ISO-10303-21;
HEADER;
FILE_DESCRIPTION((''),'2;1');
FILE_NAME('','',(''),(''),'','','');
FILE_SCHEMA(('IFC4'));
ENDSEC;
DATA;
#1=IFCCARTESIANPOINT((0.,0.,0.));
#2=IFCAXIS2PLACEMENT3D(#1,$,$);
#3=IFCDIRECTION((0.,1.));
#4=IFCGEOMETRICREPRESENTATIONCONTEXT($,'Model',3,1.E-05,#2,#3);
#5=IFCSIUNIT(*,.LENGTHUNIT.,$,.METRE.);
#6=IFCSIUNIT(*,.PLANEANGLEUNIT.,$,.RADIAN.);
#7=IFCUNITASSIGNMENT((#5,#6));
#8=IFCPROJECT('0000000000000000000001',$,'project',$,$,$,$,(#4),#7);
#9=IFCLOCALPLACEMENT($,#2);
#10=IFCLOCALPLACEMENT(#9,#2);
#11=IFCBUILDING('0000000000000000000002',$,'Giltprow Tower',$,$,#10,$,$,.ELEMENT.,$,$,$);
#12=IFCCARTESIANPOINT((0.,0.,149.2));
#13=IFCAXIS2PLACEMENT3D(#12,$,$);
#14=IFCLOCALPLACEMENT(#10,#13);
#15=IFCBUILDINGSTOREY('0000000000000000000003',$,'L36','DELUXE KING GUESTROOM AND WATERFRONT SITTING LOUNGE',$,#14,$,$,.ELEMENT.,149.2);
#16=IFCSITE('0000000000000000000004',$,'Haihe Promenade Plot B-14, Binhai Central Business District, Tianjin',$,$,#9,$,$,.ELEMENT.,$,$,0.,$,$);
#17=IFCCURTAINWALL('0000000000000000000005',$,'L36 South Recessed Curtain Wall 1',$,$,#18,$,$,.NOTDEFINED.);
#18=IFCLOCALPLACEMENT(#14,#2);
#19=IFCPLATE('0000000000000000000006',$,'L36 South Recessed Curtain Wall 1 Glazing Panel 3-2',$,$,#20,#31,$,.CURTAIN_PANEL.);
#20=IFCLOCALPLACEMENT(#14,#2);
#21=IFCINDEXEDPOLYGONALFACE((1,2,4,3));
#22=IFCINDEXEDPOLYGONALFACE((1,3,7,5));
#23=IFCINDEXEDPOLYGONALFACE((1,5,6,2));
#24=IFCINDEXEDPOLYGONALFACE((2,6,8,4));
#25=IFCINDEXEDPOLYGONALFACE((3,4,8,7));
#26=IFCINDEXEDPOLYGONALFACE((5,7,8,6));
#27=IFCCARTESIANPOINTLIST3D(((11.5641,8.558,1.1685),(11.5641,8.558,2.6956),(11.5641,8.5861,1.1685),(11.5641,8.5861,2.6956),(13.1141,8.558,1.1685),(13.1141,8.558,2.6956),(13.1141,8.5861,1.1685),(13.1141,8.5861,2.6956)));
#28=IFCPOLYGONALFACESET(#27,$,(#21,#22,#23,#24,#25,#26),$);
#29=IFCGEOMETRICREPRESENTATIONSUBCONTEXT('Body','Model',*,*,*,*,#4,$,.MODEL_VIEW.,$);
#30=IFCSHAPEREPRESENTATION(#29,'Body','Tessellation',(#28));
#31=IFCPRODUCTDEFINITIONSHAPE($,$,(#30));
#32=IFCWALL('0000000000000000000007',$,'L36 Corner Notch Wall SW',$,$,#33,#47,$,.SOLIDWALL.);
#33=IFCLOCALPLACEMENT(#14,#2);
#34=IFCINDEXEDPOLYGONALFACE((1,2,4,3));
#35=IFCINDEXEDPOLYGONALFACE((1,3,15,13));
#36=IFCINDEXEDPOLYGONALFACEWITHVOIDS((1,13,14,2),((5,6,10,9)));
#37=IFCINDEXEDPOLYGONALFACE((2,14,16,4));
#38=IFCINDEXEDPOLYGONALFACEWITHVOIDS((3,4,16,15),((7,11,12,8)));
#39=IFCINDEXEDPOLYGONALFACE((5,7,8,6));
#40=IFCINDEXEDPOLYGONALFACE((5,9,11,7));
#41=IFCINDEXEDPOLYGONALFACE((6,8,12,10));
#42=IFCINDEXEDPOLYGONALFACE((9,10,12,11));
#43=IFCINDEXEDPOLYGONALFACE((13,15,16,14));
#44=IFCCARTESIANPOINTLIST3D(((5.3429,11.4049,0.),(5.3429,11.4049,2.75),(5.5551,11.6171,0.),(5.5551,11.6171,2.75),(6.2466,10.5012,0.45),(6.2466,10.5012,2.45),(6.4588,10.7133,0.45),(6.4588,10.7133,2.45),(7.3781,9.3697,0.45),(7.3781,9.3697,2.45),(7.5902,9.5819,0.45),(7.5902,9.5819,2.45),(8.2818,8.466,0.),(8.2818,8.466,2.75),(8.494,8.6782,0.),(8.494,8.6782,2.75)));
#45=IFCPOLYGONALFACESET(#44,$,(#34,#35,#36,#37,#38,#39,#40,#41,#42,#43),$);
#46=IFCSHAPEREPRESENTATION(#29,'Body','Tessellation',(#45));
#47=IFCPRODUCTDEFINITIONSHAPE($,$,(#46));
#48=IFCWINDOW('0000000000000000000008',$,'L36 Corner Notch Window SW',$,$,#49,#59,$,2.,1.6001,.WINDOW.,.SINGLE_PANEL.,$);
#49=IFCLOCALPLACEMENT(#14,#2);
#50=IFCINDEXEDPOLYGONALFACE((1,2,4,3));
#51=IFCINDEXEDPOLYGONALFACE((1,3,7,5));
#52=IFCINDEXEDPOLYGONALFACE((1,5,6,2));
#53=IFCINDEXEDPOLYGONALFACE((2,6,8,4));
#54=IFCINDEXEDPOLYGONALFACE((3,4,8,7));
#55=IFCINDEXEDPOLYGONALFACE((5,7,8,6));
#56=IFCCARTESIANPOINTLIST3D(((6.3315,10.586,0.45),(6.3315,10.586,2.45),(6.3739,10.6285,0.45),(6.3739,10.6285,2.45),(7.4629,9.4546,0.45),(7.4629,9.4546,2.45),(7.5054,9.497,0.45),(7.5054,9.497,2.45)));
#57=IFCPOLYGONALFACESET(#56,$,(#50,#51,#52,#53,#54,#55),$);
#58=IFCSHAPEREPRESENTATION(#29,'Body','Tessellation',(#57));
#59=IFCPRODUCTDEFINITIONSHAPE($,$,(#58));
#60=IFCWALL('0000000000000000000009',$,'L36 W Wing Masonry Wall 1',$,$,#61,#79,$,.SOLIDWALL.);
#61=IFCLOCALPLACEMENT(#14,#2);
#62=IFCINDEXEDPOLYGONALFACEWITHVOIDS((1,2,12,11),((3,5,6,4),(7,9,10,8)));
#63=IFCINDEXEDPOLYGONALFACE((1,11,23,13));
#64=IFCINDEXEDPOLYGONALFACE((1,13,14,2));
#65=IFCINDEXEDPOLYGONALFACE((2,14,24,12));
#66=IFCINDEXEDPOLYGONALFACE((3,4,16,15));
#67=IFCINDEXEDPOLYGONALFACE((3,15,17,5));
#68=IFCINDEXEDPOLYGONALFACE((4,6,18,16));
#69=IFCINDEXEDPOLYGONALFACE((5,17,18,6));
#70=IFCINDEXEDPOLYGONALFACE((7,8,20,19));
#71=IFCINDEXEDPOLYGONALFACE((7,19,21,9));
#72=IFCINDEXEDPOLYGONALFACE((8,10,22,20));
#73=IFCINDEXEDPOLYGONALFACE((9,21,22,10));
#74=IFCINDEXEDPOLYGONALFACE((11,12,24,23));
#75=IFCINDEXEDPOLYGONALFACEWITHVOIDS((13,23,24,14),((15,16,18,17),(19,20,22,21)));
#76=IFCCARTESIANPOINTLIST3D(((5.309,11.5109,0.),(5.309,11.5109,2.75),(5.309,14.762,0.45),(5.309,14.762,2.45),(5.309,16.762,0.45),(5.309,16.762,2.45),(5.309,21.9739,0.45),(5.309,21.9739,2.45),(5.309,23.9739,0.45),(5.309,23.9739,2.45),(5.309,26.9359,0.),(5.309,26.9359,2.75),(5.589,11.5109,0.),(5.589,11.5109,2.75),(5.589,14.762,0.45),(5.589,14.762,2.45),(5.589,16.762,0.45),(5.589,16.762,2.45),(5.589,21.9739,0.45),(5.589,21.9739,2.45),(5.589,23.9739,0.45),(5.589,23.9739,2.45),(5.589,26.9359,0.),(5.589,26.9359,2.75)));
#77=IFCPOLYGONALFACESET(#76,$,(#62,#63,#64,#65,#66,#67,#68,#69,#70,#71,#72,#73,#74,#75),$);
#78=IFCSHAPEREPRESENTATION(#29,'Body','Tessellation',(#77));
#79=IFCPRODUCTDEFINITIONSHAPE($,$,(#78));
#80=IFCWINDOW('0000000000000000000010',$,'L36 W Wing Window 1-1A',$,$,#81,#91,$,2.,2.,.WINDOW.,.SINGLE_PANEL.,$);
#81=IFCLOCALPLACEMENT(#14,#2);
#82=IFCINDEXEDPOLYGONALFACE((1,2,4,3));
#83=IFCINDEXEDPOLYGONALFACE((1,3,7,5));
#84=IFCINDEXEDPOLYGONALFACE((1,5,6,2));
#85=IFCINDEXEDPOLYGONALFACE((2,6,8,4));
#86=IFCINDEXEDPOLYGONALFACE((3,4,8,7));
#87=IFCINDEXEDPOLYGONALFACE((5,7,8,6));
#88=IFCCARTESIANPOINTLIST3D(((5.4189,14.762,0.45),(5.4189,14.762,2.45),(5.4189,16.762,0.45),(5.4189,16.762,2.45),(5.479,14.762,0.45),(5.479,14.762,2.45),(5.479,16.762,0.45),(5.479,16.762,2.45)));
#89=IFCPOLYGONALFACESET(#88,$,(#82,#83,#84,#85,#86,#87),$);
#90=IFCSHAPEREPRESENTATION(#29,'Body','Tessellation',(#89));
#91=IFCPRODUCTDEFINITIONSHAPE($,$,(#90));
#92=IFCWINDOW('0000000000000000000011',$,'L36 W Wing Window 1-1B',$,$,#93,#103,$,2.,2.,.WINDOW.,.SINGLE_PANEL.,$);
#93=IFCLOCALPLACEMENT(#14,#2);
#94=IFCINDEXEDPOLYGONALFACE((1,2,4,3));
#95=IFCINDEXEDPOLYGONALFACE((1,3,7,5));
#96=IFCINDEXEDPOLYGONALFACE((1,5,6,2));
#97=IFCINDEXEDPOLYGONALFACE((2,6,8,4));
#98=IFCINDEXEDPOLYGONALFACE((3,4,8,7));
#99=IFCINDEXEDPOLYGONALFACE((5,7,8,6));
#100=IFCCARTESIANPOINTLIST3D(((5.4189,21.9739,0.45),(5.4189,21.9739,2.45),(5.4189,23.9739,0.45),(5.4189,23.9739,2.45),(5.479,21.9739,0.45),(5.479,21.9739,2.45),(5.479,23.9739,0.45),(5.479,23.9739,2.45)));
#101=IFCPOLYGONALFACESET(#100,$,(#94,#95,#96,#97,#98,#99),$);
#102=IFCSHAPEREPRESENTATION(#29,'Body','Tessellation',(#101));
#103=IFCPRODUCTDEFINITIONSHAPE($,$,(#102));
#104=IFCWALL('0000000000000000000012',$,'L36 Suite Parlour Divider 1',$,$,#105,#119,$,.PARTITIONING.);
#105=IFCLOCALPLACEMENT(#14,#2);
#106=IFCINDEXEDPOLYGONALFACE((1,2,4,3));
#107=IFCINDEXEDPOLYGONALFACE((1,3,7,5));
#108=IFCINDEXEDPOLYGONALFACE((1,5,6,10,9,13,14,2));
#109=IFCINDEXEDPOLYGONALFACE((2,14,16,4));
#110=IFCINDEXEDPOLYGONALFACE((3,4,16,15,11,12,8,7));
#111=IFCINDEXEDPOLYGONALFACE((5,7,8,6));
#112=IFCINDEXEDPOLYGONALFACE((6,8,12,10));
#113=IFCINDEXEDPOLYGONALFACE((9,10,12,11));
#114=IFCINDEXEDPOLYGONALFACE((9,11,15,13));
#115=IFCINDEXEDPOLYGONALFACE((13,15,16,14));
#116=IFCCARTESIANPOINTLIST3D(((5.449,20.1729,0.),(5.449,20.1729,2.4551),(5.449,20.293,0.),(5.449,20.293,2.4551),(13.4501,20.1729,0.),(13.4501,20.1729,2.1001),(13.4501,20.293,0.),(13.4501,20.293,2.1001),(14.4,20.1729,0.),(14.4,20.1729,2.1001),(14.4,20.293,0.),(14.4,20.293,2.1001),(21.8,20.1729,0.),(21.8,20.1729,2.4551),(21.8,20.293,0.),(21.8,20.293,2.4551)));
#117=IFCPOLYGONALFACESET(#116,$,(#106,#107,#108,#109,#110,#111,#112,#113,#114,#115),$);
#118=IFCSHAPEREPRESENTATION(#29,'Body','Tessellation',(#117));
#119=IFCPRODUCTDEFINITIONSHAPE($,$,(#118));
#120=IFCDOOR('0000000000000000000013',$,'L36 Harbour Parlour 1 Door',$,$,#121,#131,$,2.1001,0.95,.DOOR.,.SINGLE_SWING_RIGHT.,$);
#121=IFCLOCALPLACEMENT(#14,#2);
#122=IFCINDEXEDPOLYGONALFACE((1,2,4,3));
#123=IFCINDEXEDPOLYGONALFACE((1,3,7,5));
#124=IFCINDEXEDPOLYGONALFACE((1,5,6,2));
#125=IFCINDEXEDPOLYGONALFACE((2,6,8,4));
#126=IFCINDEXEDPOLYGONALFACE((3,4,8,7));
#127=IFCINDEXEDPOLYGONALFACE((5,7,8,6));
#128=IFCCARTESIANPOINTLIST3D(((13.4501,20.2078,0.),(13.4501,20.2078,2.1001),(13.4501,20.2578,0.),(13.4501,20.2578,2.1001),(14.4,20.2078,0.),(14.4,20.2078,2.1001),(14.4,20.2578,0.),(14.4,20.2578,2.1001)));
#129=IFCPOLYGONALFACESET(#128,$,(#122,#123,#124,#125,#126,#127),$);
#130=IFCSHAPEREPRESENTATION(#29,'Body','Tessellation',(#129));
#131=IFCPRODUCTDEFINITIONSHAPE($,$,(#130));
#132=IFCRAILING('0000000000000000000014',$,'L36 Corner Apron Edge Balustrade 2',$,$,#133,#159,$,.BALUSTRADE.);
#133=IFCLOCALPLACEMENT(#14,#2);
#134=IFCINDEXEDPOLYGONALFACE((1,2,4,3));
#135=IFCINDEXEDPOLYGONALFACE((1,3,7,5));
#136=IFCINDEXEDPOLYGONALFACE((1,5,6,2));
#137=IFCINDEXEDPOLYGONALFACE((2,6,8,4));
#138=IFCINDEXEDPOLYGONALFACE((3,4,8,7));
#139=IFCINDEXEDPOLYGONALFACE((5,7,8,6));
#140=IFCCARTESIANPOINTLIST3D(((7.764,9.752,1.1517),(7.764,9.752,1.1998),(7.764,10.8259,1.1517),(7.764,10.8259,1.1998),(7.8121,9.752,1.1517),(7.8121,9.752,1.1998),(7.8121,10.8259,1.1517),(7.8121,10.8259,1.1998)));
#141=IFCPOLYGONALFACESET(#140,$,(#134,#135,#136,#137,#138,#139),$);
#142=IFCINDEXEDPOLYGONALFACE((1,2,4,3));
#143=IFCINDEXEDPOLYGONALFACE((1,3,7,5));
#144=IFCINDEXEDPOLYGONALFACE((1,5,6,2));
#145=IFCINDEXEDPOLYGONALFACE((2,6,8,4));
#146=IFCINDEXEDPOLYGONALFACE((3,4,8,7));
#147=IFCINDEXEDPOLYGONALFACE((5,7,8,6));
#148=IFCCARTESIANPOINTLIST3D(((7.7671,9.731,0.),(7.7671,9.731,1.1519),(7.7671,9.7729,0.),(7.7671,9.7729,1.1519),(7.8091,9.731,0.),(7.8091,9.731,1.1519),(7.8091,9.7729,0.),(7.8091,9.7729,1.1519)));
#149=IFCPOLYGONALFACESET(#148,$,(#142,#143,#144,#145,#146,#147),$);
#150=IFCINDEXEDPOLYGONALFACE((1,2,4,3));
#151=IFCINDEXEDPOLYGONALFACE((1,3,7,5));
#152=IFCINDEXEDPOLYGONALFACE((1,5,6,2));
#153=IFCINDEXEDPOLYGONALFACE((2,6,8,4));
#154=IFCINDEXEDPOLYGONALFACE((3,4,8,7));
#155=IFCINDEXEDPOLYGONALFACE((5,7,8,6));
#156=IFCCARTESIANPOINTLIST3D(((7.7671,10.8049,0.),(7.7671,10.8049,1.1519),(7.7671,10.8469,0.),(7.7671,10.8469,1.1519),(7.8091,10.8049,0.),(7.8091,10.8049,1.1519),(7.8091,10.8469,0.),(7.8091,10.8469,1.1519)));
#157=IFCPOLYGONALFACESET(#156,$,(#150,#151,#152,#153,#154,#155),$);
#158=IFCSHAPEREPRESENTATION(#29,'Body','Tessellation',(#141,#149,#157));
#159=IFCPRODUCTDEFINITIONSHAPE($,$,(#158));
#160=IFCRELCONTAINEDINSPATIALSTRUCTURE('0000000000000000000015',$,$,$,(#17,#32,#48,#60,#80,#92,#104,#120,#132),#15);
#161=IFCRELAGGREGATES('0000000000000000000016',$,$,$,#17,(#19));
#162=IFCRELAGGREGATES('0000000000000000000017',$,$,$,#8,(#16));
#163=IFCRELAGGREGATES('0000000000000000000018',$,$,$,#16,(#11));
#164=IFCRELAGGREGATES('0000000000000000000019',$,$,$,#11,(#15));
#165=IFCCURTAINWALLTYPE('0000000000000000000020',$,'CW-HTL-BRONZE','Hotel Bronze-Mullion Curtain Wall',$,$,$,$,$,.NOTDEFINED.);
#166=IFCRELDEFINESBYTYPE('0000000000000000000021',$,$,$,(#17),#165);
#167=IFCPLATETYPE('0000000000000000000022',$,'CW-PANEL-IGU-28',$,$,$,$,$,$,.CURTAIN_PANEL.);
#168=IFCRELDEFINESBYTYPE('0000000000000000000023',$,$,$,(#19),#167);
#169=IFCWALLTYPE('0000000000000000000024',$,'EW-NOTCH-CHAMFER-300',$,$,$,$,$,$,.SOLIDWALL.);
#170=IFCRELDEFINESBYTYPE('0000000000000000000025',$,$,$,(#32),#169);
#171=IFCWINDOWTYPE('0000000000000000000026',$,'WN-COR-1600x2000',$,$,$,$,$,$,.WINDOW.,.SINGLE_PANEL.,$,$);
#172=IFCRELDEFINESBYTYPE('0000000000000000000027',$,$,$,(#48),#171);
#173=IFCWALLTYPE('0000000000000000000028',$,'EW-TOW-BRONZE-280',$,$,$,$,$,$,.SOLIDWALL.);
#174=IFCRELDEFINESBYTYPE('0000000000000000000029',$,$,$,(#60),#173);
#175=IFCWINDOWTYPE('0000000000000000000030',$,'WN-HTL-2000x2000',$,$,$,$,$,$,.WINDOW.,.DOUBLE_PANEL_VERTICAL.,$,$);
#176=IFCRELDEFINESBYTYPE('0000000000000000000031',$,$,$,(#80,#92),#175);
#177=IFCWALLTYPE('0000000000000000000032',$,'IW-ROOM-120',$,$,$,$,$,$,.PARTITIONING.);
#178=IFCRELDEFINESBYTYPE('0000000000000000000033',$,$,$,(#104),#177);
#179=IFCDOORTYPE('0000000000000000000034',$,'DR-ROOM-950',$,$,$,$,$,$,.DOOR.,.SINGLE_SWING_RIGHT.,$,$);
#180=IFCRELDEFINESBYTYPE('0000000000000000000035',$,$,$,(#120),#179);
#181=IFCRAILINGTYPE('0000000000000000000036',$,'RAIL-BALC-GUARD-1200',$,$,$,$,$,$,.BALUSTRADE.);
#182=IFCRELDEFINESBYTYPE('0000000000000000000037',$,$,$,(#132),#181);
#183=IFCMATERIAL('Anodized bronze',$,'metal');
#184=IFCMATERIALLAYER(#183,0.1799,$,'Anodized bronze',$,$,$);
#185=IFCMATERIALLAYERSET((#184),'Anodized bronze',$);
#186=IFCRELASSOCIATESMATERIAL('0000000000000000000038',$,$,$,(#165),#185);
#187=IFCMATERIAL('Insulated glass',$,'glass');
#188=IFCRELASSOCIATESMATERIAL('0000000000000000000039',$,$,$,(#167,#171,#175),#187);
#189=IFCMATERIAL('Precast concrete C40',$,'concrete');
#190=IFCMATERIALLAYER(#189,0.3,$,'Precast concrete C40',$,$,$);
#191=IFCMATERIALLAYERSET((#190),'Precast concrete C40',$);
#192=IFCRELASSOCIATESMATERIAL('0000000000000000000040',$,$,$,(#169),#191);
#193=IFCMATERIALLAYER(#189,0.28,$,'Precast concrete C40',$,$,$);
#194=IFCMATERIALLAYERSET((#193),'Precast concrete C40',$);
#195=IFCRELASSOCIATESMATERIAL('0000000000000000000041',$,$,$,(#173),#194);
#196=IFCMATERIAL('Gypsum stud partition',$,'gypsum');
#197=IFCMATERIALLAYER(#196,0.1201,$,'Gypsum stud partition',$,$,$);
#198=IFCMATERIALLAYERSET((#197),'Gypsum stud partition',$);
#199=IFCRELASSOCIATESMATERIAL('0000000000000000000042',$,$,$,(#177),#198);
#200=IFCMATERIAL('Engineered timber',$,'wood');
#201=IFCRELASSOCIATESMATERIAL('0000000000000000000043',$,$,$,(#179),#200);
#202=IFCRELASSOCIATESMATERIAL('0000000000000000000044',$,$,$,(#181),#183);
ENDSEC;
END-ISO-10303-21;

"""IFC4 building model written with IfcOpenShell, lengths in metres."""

from ifc_helpers import new_model, si_unit, direction, frame, frame_2d, origin, origin_2d, place, context, subcontext, project, spatial, rectangle, extrude, source, transform, mapped, material, layer, layer_set, type_object, element, fill, aggregate, save


model = new_model("IFC4")

# Units and contexts
model_context = context("Model", 3, precision=1e-05, world=origin(), true_north=direction((0.0, 1.0)))
body_context = subcontext(model_context, "Body", "Model", "MODEL_VIEW")
ifc_project = project(units=[si_unit("LENGTHUNIT", "METRE"), si_unit("PLANEANGLEUNIT", "RADIAN")], contexts=[model_context])

# Site, building, storey
site_placement = place(None, origin())
site = spatial("IfcSite", under=ifc_project, at=site_placement, Name="Haihe Promenade Plot B-14, Binhai Central Business District, Tianjin", CompositionType="ELEMENT", RefElevation=0.0)
building_placement = place(site_placement, origin())
building = spatial("IfcBuilding", under=site, at=building_placement, Name="Giltprow Tower", CompositionType="ELEMENT")
storey_placement = place(building_placement, frame((0.0, 0.0, 149.2)))
storey = spatial("IfcBuildingStorey", under=building, at=storey_placement, Name="L36", Description="DELUXE KING GUESTROOM AND WATERFRONT SITTING LOUNGE", CompositionType="ELEMENT", Elevation=149.2)

# Curtain wall, plate
ifc_material_1 = material(Name="Anodized bronze", Category="metal")
ifc_layer_1 = layer(ifc_material_1, 0.1799, Name="Anodized bronze")
ifc_layer_set_1 = layer_set([ifc_layer_1], Name="Anodized bronze")
curtain_wall_type = type_object("IfcCurtainWallType", Name="CW-HTL-BRONZE", Description="Hotel Bronze-Mullion Curtain Wall", PredefinedType="NOTDEFINED", material=ifc_layer_set_1)
curtain_wall_placement = place(storey_placement, origin())
curtain_wall = element("IfcCurtainWall", 1, at=curtain_wall_placement, inside=storey, type_object=curtain_wall_type, Name="L36 South Recessed Curtain Wall 1", PredefinedType="NOTDEFINED")
ifc_material_2 = material(Name="Insulated glass", Category="glass")
plate_type = type_object("IfcPlateType", Name="CW-PANEL-IGU-28", PredefinedType="CURTAIN_PANEL", material=ifc_material_2)
shared_shape_1 = source(origin(), body_context, "Body", "SweptSolid", [
    extrude(rectangle(XDim=1.55, YDim=0.0281, at=origin_2d()), origin(), (0.0, 0.0, 1.0), 1.5271),
])
plate_1_placement = place(storey_placement, frame((12.3391, 8.572, 1.1685), z_axis=(0.0, 0.0, 1.0), x_axis=(1.0, 0.0, 0.0)))
plate_1 = element("IfcPlate", 2, at=plate_1_placement, type_object=plate_type, Name="L36 South Recessed Curtain Wall 1 Glazing Panel 3-2", PredefinedType="CURTAIN_PANEL", context=body_context, shape_type="MappedRepresentation", body=[
    mapped(shared_shape_1, transform((0.0, 0.0, 0.0), x_axis=(1.0, 0.0, 0.0), y_axis=(0.0, 1.0, 0.0), z_axis=(0.0, 0.0, 1.0), scale=1.0)),
])
aggregate(curtain_wall, [plate_1])

# Wall, opening, window
ifc_material_3 = material(Name="Precast concrete C40", Category="concrete")
ifc_layer_2 = layer(ifc_material_3, 0.3, Name="Precast concrete C40")
ifc_layer_set_2 = layer_set([ifc_layer_2], Name="Precast concrete C40")
wall_type_1 = type_object("IfcWallType", Name="EW-NOTCH-CHAMFER-300", PredefinedType="SOLIDWALL", material=ifc_layer_set_2)
wall_1_placement = place(storey_placement, frame((5.449, 11.511, 0.0), z_axis=(0.0, 0.0, 1.0), x_axis=(0.707107, -0.707107, 0.0)))
wall_1 = element("IfcWall", 3, at=wall_1_placement, inside=storey, type_object=wall_type_1, Name="L36 Corner Notch Wall SW", PredefinedType="SOLIDWALL", context=body_context, shape_type="SweptSolid", body=[
    extrude(rectangle(XDim=4.1562, YDim=0.3, at=frame_2d((2.0781, 0.0))), origin(), (0.0, 0.0, 1.0), 2.75),
])
opening_1_placement = place(wall_1_placement, frame((1.2781, 0.0, 0.45)))
opening_1 = element("IfcOpeningElement", 4, at=opening_1_placement, cuts=wall_1, PredefinedType="OPENING", context=body_context, shape_type="SweptSolid", body=[
    extrude(rectangle(XDim=1.6001, YDim=2.0, at=frame_2d((0.8, 1.0))), frame((0.0, 0.1599, 0.0), z_axis=(0.0, -1.0, 0.0), x_axis=(1.0, 0.0, 0.0)), (0.0, 0.0, 1.0), 0.3201),
])
window_type_1 = type_object("IfcWindowType", Name="WN-COR-1600x2000", PartitioningType="SINGLE_PANEL", PredefinedType="WINDOW", material=ifc_material_2)
shared_shape_2 = source(origin(), body_context, "Body", "SweptSolid", [
    extrude(rectangle(XDim=1.6001, YDim=2.0, at=frame_2d((0.8, 1.0))), frame((0.0, 0.03, 0.0), z_axis=(0.0, -1.0, 0.0), x_axis=(1.0, 0.0, 0.0)), (0.0, 0.0, 1.0), 0.0601),
])
window_1_placement = place(opening_1_placement, origin())
window_1 = element("IfcWindow", 5, at=window_1_placement, inside=storey, type_object=window_type_1, Name="L36 Corner Notch Window SW", OverallHeight=2.0, OverallWidth=1.6001, PartitioningType="SINGLE_PANEL", PredefinedType="WINDOW", context=body_context, shape_type="MappedRepresentation", body=[
    mapped(shared_shape_2, transform((0.0, 0.0, 0.0), x_axis=(1.0, 0.0, 0.0), y_axis=(0.0, 1.0, 0.0), z_axis=(0.0, 0.0, 1.0), scale=1.0)),
])
fill(opening_1, window_1)

# Wall, openings, windows
ifc_layer_3 = layer(ifc_material_3, 0.28, Name="Precast concrete C40")
ifc_layer_set_3 = layer_set([ifc_layer_3], Name="Precast concrete C40")
wall_type_2 = type_object("IfcWallType", Name="EW-TOW-BRONZE-280", PredefinedType="SOLIDWALL", material=ifc_layer_set_3)
wall_2_placement = place(storey_placement, frame((5.449, 11.511, 0.0), z_axis=(0.0, 0.0, 1.0), x_axis=(0.0, 1.0, 0.0)))
wall_2 = element("IfcWall", 6, at=wall_2_placement, inside=storey, type_object=wall_type_2, Name="L36 W Wing Masonry Wall 1", PredefinedType="SOLIDWALL", context=body_context, shape_type="SweptSolid", body=[
    extrude(rectangle(XDim=15.425, YDim=0.28, at=frame_2d((7.7124, 0.0))), origin(), (0.0, 0.0, 1.0), 2.75),
])
opening_2_placement = place(wall_2_placement, frame((3.251, 0.0, 0.45)))
opening_2 = element("IfcOpeningElement", 7, at=opening_2_placement, cuts=wall_2, PredefinedType="OPENING", context=body_context, shape_type="SweptSolid", body=[
    extrude(rectangle(XDim=2.0, YDim=2.0, at=frame_2d((1.0, 1.0))), frame((0.0, 0.1499, 0.0), z_axis=(0.0, -1.0, 0.0), x_axis=(1.0, 0.0, 0.0)), (0.0, 0.0, 1.0), 0.3),
])
opening_3_placement = place(wall_2_placement, frame((10.4629, 0.0, 0.45)))
opening_3 = element("IfcOpeningElement", 8, at=opening_3_placement, cuts=wall_2, PredefinedType="OPENING", context=body_context, shape_type="SweptSolid", body=[
    extrude(rectangle(XDim=2.0, YDim=2.0, at=frame_2d((1.0, 1.0))), frame((0.0, 0.1499, 0.0), z_axis=(0.0, -1.0, 0.0), x_axis=(1.0, 0.0, 0.0)), (0.0, 0.0, 1.0), 0.3),
])
window_type_2 = type_object("IfcWindowType", Name="WN-HTL-2000x2000", PartitioningType="DOUBLE_PANEL_VERTICAL", PredefinedType="WINDOW", material=ifc_material_2)
shared_shape_3 = source(origin(), body_context, "Body", "SweptSolid", [
    extrude(rectangle(XDim=2.0, YDim=2.0, at=frame_2d((1.0, 1.0))), frame((0.0, 0.03, 0.0), z_axis=(0.0, -1.0, 0.0), x_axis=(1.0, 0.0, 0.0)), (0.0, 0.0, 1.0), 0.0601),
])
window_2_placement = place(opening_2_placement, origin())
window_2 = element("IfcWindow", 9, at=window_2_placement, inside=storey, type_object=window_type_2, Name="L36 W Wing Window 1-1A", OverallHeight=2.0, OverallWidth=2.0, PartitioningType="SINGLE_PANEL", PredefinedType="WINDOW", context=body_context, shape_type="MappedRepresentation", body=[
    mapped(shared_shape_3, transform((0.0, 0.0, 0.0), x_axis=(1.0, 0.0, 0.0), y_axis=(0.0, 1.0, 0.0), z_axis=(0.0, 0.0, 1.0), scale=1.0)),
])
fill(opening_2, window_2)
window_3_placement = place(opening_3_placement, origin())
window_3 = element("IfcWindow", 10, at=window_3_placement, inside=storey, type_object=window_type_2, Name="L36 W Wing Window 1-1B", OverallHeight=2.0, OverallWidth=2.0, PartitioningType="SINGLE_PANEL", PredefinedType="WINDOW", context=body_context, shape_type="MappedRepresentation", body=[
    mapped(shared_shape_3, transform((0.0, 0.0, 0.0), x_axis=(1.0, 0.0, 0.0), y_axis=(0.0, 1.0, 0.0), z_axis=(0.0, 0.0, 1.0), scale=1.0)),
])
fill(opening_3, window_3)

# Wall, opening, door
ifc_material_4 = material(Name="Gypsum stud partition", Category="gypsum")
ifc_layer_4 = layer(ifc_material_4, 0.1201, Name="Gypsum stud partition")
ifc_layer_set_4 = layer_set([ifc_layer_4], Name="Gypsum stud partition")
wall_type_3 = type_object("IfcWallType", Name="IW-ROOM-120", PredefinedType="PARTITIONING", material=ifc_layer_set_4)
wall_3_placement = place(storey_placement, frame((5.449, 20.2329, 0.0), z_axis=(0.0, 0.0, 1.0), x_axis=(1.0, 0.0, 0.0)))
wall_3 = element("IfcWall", 11, at=wall_3_placement, inside=storey, type_object=wall_type_3, Name="L36 Suite Parlour Divider 1", PredefinedType="PARTITIONING", context=body_context, shape_type="SweptSolid", body=[
    extrude(rectangle(XDim=16.3511, YDim=0.1201, at=frame_2d((8.1755, 0.0))), origin(), (0.0, 0.0, 1.0), 2.4551),
])
opening_4_placement = place(wall_3_placement, frame((8.001, 0.0, 0.0)))
opening_4 = element("IfcOpeningElement", 12, at=opening_4_placement, cuts=wall_3, PredefinedType="OPENING", context=body_context, shape_type="SweptSolid", body=[
    extrude(rectangle(XDim=0.95, YDim=2.1001, at=frame_2d((0.4751, 1.05))), frame((0.0, 0.0701, 0.0), z_axis=(0.0, -1.0, 0.0), x_axis=(1.0, 0.0, 0.0)), (0.0, 0.0, 1.0), 0.1401),
])
ifc_material_5 = material(Name="Engineered timber", Category="wood")
door_type = type_object("IfcDoorType", Name="DR-ROOM-950", OperationType="SINGLE_SWING_RIGHT", PredefinedType="DOOR", material=ifc_material_5)
shared_shape_4 = source(origin(), body_context, "Body", "SweptSolid", [
    extrude(rectangle(XDim=0.95, YDim=2.1001, at=frame_2d((0.4751, 1.05))), frame((0.0, 0.0249, 0.0), z_axis=(0.0, -1.0, 0.0), x_axis=(1.0, 0.0, 0.0)), (0.0, 0.0, 1.0), 0.05),
])
door_placement = place(opening_4_placement, origin())
door = element("IfcDoor", 13, at=door_placement, inside=storey, type_object=door_type, Name="L36 Harbour Parlour 1 Door", OperationType="SINGLE_SWING_RIGHT", OverallHeight=2.1001, OverallWidth=0.95, PredefinedType="DOOR", context=body_context, shape_type="MappedRepresentation", body=[
    mapped(shared_shape_4, transform((0.0, 0.0, 0.0), x_axis=(1.0, 0.0, 0.0), y_axis=(0.0, 1.0, 0.0), z_axis=(0.0, 0.0, 1.0), scale=1.0)),
])
fill(opening_4, door)

# Railing
railing_type = type_object("IfcRailingType", Name="RAIL-BALC-GUARD-1200", PredefinedType="BALUSTRADE", material=ifc_material_1)
railing_1_placement = place(storey_placement, frame((7.7881, 9.752, 0.0)))
element("IfcRailing", 14, at=railing_1_placement, inside=storey, type_object=railing_type, Name="L36 Corner Apron Edge Balustrade 2", PredefinedType="BALUSTRADE", context=body_context, shape_type="SweptSolid", body=[
    extrude(rectangle(XDim=0.0481, YDim=0.0481, at=origin_2d()), frame((0.0, 0.0, 1.1758), z_axis=(0.0, 1.0, 0.0), x_axis=(-1.0, 0.0, 0.0)), (0.0, 0.0, 1.0), 1.074),
    extrude(rectangle(XDim=0.042, YDim=0.042, at=origin_2d()), origin(), (0.0, 0.0, 1.0), 1.1519),
    extrude(rectangle(XDim=0.042, YDim=0.042, at=origin_2d()), frame((0.0, 1.074, 0.0)), (0.0, 0.0, 1.0), 1.1519),
])

save(model, "model.ifc")
